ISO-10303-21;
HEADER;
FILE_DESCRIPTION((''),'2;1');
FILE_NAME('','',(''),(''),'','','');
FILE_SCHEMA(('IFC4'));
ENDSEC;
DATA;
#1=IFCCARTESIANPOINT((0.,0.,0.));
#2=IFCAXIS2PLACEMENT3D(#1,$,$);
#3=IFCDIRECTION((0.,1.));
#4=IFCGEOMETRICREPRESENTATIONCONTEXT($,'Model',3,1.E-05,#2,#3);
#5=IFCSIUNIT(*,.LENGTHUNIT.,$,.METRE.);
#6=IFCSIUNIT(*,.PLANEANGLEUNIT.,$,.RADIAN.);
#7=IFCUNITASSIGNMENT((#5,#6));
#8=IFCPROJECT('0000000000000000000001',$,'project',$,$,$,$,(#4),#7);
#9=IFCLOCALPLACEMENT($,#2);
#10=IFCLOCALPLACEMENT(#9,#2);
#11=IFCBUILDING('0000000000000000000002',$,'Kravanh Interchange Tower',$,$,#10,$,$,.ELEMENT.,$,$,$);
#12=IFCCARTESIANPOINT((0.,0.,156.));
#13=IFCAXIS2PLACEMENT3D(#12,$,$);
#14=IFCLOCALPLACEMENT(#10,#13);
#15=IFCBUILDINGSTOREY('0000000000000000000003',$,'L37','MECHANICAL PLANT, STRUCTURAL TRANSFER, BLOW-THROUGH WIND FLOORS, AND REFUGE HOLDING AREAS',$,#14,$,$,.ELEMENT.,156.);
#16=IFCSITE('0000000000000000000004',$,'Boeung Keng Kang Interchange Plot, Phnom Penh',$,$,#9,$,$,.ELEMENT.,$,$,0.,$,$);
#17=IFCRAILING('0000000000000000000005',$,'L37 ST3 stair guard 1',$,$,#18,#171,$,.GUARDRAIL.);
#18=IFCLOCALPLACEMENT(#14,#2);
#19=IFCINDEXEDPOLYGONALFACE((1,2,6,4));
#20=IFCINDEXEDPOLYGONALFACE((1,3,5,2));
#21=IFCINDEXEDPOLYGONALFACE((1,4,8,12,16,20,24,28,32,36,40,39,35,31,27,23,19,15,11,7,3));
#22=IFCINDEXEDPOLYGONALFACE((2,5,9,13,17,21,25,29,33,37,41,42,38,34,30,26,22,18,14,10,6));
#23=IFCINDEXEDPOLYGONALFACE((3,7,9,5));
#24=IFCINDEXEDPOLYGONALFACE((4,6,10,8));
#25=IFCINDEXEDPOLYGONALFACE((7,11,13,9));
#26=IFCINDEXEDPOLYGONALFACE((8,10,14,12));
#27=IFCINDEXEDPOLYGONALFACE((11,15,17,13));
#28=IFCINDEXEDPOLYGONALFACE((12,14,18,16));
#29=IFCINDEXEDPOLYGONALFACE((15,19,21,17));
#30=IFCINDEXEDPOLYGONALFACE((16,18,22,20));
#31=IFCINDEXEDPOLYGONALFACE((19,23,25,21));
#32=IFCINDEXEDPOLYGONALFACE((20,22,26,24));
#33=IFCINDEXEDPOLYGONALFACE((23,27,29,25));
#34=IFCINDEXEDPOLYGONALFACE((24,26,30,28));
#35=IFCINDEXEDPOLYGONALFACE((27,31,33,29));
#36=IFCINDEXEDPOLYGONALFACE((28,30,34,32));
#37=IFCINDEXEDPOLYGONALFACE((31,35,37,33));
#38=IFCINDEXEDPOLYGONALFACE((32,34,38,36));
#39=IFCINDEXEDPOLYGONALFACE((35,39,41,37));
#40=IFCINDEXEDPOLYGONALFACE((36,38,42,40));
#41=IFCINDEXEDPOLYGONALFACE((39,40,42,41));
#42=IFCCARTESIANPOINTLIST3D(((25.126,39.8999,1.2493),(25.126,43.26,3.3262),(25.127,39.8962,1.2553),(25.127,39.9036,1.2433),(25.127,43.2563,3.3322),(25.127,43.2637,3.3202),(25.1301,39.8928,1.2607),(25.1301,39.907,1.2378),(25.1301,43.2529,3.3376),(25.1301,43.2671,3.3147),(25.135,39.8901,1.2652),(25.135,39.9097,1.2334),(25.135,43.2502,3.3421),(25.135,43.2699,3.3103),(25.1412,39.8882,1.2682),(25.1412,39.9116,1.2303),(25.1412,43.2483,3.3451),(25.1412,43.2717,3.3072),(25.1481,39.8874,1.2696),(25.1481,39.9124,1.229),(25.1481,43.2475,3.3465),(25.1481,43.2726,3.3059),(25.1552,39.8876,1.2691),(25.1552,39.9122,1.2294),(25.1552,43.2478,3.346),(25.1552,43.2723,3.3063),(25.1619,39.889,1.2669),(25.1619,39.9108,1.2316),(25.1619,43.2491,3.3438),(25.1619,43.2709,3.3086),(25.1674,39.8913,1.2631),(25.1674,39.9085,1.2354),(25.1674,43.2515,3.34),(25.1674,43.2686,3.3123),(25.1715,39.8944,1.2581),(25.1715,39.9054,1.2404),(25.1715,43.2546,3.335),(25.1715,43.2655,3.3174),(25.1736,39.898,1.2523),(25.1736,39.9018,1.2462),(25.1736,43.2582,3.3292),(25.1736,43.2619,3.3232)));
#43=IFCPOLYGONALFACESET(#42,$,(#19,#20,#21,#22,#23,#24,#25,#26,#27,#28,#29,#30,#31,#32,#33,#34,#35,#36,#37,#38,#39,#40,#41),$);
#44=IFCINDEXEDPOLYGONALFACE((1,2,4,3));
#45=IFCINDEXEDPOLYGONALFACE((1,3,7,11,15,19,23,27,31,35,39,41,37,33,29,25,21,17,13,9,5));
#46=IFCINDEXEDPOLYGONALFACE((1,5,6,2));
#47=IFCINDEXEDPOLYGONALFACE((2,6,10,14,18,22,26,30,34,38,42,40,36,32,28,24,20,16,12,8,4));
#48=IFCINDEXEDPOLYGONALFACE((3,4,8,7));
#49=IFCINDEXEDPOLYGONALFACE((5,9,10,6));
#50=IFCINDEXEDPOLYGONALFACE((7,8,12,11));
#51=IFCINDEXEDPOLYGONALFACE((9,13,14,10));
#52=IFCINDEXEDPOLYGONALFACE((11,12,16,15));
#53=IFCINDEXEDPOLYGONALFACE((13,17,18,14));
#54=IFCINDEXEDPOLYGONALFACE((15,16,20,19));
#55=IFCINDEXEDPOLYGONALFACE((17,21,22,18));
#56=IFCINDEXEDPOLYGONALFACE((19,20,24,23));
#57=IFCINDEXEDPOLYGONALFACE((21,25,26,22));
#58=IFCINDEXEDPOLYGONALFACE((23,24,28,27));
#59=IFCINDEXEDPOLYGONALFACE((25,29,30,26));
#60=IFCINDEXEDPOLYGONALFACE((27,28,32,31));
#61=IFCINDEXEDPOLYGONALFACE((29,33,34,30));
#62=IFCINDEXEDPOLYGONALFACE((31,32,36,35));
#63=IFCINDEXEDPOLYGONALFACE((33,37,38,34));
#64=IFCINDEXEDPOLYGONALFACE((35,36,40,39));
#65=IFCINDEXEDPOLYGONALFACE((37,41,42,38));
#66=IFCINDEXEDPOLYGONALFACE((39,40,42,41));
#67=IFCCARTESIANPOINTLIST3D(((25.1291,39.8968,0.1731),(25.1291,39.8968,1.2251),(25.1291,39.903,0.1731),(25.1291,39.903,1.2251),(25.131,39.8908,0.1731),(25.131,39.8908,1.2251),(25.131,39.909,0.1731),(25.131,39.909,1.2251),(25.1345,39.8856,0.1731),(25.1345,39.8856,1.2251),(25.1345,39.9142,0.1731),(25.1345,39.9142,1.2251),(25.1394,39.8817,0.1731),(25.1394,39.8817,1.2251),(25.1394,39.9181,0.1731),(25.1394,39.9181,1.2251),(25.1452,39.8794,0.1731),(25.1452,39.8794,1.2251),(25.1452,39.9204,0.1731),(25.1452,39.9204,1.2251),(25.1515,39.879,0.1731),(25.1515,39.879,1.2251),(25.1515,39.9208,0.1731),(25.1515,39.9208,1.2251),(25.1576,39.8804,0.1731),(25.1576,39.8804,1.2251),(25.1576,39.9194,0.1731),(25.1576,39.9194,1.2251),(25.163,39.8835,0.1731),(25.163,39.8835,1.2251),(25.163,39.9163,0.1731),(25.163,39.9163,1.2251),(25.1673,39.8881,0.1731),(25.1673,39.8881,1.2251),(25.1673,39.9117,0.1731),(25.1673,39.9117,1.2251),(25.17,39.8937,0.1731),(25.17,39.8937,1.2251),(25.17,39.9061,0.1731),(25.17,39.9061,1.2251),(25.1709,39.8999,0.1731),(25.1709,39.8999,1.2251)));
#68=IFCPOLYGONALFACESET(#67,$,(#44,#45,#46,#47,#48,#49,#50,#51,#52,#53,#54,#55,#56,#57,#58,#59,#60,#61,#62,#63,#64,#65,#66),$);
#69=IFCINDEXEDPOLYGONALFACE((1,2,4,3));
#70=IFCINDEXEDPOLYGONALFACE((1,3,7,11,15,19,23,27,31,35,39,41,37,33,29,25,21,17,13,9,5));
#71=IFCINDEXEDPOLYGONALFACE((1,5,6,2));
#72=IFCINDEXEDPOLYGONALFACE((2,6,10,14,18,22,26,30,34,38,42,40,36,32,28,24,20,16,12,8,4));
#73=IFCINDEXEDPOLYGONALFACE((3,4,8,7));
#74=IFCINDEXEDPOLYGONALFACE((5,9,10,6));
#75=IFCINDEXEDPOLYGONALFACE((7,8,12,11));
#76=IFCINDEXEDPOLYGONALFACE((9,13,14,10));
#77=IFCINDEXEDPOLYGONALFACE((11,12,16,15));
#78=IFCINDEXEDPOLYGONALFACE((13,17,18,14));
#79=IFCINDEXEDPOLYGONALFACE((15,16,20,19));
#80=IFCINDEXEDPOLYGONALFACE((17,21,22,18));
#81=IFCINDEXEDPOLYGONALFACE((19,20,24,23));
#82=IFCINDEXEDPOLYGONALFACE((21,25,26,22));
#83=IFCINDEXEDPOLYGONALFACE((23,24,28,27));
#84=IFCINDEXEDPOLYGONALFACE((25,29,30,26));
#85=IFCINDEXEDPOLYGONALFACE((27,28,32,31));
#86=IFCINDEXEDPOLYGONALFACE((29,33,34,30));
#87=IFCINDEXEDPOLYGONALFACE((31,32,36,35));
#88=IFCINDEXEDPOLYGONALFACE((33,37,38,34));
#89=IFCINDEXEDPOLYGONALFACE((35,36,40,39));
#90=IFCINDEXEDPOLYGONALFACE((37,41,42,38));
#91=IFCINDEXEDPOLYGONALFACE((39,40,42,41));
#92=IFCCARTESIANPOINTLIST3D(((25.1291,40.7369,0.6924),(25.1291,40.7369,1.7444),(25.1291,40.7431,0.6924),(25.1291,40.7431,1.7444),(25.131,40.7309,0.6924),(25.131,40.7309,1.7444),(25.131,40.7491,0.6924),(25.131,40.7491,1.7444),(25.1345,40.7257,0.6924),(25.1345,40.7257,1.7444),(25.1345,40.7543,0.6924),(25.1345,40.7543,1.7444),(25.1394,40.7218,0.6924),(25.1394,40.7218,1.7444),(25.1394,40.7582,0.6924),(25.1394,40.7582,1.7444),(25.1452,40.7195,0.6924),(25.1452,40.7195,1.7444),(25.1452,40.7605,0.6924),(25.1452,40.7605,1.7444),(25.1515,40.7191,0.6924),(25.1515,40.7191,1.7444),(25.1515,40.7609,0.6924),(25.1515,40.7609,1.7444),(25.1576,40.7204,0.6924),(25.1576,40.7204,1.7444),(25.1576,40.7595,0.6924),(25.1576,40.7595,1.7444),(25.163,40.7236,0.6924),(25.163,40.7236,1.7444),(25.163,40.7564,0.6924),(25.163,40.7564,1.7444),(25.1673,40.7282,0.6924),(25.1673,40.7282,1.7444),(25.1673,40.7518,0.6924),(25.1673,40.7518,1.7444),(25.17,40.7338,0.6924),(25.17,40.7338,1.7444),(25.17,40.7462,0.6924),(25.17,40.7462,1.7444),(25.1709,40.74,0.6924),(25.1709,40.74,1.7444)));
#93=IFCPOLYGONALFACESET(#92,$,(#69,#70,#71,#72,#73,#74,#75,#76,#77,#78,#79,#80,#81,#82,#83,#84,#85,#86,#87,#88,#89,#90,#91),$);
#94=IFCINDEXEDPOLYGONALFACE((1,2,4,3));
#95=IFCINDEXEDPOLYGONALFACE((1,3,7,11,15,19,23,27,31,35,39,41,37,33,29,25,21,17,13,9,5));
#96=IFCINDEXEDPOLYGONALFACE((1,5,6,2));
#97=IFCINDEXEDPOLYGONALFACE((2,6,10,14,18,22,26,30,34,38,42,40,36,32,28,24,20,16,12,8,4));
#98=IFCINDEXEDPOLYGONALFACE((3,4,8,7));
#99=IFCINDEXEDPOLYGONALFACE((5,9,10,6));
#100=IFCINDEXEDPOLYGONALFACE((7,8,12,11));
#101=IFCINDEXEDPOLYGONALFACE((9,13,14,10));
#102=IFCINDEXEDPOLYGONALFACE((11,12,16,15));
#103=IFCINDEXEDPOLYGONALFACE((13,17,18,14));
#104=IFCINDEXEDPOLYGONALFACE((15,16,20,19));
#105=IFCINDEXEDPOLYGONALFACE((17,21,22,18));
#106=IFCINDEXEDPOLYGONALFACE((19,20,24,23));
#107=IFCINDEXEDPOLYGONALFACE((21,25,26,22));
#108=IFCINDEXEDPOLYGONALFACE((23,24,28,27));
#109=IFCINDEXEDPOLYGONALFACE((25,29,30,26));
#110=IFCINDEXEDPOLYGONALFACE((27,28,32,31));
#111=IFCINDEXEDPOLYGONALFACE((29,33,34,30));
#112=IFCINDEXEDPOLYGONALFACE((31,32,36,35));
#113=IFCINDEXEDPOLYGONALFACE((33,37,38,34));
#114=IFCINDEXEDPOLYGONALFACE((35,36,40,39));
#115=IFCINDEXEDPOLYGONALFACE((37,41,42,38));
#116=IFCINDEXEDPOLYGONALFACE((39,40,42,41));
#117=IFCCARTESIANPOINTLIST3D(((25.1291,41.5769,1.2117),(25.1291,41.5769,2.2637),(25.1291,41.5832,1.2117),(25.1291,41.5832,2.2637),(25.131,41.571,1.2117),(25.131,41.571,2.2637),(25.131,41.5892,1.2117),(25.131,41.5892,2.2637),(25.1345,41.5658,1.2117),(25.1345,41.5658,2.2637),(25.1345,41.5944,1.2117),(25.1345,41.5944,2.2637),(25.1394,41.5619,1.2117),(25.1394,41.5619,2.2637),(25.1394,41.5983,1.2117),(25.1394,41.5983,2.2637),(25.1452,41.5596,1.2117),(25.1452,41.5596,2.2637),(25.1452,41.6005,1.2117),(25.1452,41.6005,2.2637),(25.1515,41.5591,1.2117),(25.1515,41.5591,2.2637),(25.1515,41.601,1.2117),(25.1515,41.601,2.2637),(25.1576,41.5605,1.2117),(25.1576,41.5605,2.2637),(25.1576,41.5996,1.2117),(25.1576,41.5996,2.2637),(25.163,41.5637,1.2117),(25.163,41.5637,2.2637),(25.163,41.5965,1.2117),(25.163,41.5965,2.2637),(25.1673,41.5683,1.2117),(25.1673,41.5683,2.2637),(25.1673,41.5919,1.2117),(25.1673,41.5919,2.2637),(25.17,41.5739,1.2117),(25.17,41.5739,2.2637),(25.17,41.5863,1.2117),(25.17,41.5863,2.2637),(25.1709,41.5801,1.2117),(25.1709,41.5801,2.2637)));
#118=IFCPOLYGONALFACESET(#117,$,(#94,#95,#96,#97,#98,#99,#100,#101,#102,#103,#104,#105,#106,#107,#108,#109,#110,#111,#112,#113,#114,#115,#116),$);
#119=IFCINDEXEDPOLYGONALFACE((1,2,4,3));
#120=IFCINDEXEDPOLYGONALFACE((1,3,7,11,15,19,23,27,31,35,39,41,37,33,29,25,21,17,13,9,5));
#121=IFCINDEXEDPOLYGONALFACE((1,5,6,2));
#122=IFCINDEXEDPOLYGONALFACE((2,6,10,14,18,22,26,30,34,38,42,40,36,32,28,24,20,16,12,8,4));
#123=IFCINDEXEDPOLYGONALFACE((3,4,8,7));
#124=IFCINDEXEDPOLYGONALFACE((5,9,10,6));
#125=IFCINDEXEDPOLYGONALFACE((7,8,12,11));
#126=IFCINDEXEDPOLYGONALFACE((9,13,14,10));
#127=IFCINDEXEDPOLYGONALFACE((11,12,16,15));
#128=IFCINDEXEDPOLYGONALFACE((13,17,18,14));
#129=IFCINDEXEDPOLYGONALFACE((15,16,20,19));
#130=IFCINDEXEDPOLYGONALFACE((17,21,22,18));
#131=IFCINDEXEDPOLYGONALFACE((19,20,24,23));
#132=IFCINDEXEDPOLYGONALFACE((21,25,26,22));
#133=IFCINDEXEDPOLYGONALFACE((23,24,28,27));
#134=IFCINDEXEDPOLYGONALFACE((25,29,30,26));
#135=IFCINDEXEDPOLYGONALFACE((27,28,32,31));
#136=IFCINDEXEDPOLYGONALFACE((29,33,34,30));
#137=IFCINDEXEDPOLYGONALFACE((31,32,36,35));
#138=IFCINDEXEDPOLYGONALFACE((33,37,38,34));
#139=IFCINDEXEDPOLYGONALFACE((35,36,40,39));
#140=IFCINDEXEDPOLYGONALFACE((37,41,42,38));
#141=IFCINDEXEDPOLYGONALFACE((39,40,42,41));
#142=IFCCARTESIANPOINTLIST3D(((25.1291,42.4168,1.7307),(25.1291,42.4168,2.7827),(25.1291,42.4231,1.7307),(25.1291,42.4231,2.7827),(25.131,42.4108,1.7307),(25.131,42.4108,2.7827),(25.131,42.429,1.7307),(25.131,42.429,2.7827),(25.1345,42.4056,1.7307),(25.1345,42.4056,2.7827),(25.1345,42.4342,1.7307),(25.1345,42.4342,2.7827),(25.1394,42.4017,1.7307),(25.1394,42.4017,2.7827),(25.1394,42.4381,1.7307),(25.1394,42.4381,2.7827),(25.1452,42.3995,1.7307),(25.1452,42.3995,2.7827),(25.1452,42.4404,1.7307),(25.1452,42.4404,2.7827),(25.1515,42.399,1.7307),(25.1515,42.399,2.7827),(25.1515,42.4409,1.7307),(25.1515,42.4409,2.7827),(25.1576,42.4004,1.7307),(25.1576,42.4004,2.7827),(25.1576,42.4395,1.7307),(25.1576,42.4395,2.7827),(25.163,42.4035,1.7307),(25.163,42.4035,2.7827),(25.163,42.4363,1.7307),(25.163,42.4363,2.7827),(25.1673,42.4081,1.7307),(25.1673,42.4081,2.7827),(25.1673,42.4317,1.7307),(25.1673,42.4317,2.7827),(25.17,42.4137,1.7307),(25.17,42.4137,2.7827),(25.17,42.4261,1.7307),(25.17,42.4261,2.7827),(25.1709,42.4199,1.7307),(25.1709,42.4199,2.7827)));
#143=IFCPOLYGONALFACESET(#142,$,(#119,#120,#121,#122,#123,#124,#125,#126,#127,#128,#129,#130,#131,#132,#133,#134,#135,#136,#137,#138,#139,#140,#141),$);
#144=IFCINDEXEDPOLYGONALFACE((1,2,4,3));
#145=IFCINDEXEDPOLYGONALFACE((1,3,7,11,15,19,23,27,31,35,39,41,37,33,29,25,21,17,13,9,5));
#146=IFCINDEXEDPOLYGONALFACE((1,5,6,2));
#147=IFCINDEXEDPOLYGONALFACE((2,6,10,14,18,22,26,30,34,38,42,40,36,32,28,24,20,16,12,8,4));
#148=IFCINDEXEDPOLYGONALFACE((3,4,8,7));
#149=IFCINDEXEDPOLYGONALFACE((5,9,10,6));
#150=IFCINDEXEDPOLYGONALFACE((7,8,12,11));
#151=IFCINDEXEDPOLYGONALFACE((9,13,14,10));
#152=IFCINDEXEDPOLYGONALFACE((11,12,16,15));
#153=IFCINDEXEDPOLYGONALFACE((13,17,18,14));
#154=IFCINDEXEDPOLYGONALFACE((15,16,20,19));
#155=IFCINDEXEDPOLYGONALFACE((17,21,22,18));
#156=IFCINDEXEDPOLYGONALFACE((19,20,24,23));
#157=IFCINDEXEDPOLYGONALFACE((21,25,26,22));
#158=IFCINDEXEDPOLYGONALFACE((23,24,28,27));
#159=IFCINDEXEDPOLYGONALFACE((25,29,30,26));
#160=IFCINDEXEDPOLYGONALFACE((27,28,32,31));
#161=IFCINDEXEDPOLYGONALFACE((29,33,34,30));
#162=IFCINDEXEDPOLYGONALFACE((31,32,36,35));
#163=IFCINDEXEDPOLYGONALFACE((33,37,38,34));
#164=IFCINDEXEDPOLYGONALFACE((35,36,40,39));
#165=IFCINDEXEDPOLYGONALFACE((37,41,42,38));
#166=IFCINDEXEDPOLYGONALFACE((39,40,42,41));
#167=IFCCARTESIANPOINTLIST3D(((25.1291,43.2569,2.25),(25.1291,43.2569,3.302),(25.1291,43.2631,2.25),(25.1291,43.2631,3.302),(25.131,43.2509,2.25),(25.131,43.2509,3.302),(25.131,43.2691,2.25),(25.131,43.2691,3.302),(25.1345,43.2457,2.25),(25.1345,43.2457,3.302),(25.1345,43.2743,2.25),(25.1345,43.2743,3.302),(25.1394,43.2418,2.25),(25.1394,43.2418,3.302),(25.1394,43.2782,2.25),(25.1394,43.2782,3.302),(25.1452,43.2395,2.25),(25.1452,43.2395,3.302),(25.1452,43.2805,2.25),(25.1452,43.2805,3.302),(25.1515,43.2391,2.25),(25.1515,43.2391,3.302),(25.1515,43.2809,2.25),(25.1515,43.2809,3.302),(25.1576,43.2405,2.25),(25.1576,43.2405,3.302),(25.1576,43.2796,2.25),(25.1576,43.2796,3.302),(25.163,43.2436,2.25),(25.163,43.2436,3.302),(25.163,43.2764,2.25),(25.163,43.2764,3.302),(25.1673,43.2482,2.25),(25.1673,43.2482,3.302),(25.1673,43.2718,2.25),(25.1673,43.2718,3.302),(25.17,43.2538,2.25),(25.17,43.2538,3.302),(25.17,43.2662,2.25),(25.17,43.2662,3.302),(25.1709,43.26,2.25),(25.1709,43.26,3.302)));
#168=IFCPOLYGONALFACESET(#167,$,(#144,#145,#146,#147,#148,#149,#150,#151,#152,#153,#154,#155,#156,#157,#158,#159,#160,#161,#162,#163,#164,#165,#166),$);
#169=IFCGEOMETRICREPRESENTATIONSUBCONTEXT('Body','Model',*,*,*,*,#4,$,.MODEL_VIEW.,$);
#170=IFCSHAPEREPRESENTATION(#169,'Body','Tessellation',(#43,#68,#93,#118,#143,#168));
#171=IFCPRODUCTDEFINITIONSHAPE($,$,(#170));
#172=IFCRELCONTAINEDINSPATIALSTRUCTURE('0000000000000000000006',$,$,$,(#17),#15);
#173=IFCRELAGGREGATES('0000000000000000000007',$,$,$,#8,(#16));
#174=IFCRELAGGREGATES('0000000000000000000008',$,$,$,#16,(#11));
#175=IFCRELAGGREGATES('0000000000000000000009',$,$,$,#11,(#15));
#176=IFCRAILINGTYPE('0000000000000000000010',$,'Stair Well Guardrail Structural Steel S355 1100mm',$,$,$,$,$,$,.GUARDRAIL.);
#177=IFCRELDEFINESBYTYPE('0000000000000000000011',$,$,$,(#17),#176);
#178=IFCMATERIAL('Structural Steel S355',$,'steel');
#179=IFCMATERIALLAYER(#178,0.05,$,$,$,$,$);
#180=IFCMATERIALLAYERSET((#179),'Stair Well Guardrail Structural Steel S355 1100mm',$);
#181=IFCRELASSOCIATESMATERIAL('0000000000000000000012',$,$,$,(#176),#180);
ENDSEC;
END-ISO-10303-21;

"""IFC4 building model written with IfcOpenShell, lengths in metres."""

from ifc_helpers import new_model, si_unit, direction, frame, origin, origin_2d, place, context, subcontext, project, spatial, circle, extrude, material, layer, layer_set, type_object, element, save


model = new_model("IFC4")

# Units and contexts
model_context = context("Model", 3, precision=1e-05, world=origin(), true_north=direction((0.0, 1.0)))
body_context = subcontext(model_context, "Body", "Model", "MODEL_VIEW")
ifc_project = project(units=[si_unit("LENGTHUNIT", "METRE"), si_unit("PLANEANGLEUNIT", "RADIAN")], contexts=[model_context])

# Site, building, storey
site_placement = place(None, origin())
site = spatial("IfcSite", under=ifc_project, at=site_placement, Name="Boeung Keng Kang Interchange Plot, Phnom Penh", CompositionType="ELEMENT", RefElevation=0.0)
building_placement = place(site_placement, origin())
building = spatial("IfcBuilding", under=site, at=building_placement, Name="Kravanh Interchange Tower", CompositionType="ELEMENT")
storey_placement = place(building_placement, frame((0.0, 0.0, 156.0)))
storey = spatial("IfcBuildingStorey", under=building, at=storey_placement, Name="L37", Description="MECHANICAL PLANT, STRUCTURAL TRANSFER, BLOW-THROUGH WIND FLOORS, AND REFUGE HOLDING AREAS", CompositionType="ELEMENT", Elevation=156.0)

# Railing
ifc_material_1 = material(Name="Structural Steel S355", Category="steel")
ifc_layer_1 = layer(ifc_material_1, 0.05)
ifc_layer_set_1 = layer_set([ifc_layer_1], Name="Stair Well Guardrail Structural Steel S355 1100mm")
railing_type_1 = type_object("IfcRailingType", Name="Stair Well Guardrail Structural Steel S355 1100mm", PredefinedType="GUARDRAIL", material=ifc_layer_set_1)
railing_1_placement = place(storey_placement, frame((25.1499, 39.8999, 0.1731)))
element("IfcRailing", 1, at=railing_1_placement, inside=storey, type_object=railing_type_1, Name="L37 ST3 stair guard 1", PredefinedType="GUARDRAIL", context=body_context, shape_type="SweptSolid", body=[
    extrude(circle(Radius=0.0239, at=origin_2d()), frame((0.0, 0.0, 1.0762), z_axis=(0.0, 0.850623, 0.525776), x_axis=(-1.0, 0.0, 0.0)), (0.0, 0.0, 1.0), 3.9502),
    extrude(circle(Radius=0.021, at=origin_2d()), origin(), (0.0, 0.0, 1.0), 1.052),
    extrude(circle(Radius=0.021, at=origin_2d()), frame((0.0, 0.8401, 0.5193)), (0.0, 0.0, 1.0), 1.052),
    extrude(circle(Radius=0.021, at=origin_2d()), frame((0.0, 1.6802, 1.0386)), (0.0, 0.0, 1.0), 1.052),
    extrude(circle(Radius=0.021, at=origin_2d()), frame((0.0, 2.52, 1.5576)), (0.0, 0.0, 1.0), 1.052),
    extrude(circle(Radius=0.021, at=origin_2d()), frame((0.0, 3.3601, 2.0769)), (0.0, 0.0, 1.0), 1.052),
])

save(model, "model.ifc")
